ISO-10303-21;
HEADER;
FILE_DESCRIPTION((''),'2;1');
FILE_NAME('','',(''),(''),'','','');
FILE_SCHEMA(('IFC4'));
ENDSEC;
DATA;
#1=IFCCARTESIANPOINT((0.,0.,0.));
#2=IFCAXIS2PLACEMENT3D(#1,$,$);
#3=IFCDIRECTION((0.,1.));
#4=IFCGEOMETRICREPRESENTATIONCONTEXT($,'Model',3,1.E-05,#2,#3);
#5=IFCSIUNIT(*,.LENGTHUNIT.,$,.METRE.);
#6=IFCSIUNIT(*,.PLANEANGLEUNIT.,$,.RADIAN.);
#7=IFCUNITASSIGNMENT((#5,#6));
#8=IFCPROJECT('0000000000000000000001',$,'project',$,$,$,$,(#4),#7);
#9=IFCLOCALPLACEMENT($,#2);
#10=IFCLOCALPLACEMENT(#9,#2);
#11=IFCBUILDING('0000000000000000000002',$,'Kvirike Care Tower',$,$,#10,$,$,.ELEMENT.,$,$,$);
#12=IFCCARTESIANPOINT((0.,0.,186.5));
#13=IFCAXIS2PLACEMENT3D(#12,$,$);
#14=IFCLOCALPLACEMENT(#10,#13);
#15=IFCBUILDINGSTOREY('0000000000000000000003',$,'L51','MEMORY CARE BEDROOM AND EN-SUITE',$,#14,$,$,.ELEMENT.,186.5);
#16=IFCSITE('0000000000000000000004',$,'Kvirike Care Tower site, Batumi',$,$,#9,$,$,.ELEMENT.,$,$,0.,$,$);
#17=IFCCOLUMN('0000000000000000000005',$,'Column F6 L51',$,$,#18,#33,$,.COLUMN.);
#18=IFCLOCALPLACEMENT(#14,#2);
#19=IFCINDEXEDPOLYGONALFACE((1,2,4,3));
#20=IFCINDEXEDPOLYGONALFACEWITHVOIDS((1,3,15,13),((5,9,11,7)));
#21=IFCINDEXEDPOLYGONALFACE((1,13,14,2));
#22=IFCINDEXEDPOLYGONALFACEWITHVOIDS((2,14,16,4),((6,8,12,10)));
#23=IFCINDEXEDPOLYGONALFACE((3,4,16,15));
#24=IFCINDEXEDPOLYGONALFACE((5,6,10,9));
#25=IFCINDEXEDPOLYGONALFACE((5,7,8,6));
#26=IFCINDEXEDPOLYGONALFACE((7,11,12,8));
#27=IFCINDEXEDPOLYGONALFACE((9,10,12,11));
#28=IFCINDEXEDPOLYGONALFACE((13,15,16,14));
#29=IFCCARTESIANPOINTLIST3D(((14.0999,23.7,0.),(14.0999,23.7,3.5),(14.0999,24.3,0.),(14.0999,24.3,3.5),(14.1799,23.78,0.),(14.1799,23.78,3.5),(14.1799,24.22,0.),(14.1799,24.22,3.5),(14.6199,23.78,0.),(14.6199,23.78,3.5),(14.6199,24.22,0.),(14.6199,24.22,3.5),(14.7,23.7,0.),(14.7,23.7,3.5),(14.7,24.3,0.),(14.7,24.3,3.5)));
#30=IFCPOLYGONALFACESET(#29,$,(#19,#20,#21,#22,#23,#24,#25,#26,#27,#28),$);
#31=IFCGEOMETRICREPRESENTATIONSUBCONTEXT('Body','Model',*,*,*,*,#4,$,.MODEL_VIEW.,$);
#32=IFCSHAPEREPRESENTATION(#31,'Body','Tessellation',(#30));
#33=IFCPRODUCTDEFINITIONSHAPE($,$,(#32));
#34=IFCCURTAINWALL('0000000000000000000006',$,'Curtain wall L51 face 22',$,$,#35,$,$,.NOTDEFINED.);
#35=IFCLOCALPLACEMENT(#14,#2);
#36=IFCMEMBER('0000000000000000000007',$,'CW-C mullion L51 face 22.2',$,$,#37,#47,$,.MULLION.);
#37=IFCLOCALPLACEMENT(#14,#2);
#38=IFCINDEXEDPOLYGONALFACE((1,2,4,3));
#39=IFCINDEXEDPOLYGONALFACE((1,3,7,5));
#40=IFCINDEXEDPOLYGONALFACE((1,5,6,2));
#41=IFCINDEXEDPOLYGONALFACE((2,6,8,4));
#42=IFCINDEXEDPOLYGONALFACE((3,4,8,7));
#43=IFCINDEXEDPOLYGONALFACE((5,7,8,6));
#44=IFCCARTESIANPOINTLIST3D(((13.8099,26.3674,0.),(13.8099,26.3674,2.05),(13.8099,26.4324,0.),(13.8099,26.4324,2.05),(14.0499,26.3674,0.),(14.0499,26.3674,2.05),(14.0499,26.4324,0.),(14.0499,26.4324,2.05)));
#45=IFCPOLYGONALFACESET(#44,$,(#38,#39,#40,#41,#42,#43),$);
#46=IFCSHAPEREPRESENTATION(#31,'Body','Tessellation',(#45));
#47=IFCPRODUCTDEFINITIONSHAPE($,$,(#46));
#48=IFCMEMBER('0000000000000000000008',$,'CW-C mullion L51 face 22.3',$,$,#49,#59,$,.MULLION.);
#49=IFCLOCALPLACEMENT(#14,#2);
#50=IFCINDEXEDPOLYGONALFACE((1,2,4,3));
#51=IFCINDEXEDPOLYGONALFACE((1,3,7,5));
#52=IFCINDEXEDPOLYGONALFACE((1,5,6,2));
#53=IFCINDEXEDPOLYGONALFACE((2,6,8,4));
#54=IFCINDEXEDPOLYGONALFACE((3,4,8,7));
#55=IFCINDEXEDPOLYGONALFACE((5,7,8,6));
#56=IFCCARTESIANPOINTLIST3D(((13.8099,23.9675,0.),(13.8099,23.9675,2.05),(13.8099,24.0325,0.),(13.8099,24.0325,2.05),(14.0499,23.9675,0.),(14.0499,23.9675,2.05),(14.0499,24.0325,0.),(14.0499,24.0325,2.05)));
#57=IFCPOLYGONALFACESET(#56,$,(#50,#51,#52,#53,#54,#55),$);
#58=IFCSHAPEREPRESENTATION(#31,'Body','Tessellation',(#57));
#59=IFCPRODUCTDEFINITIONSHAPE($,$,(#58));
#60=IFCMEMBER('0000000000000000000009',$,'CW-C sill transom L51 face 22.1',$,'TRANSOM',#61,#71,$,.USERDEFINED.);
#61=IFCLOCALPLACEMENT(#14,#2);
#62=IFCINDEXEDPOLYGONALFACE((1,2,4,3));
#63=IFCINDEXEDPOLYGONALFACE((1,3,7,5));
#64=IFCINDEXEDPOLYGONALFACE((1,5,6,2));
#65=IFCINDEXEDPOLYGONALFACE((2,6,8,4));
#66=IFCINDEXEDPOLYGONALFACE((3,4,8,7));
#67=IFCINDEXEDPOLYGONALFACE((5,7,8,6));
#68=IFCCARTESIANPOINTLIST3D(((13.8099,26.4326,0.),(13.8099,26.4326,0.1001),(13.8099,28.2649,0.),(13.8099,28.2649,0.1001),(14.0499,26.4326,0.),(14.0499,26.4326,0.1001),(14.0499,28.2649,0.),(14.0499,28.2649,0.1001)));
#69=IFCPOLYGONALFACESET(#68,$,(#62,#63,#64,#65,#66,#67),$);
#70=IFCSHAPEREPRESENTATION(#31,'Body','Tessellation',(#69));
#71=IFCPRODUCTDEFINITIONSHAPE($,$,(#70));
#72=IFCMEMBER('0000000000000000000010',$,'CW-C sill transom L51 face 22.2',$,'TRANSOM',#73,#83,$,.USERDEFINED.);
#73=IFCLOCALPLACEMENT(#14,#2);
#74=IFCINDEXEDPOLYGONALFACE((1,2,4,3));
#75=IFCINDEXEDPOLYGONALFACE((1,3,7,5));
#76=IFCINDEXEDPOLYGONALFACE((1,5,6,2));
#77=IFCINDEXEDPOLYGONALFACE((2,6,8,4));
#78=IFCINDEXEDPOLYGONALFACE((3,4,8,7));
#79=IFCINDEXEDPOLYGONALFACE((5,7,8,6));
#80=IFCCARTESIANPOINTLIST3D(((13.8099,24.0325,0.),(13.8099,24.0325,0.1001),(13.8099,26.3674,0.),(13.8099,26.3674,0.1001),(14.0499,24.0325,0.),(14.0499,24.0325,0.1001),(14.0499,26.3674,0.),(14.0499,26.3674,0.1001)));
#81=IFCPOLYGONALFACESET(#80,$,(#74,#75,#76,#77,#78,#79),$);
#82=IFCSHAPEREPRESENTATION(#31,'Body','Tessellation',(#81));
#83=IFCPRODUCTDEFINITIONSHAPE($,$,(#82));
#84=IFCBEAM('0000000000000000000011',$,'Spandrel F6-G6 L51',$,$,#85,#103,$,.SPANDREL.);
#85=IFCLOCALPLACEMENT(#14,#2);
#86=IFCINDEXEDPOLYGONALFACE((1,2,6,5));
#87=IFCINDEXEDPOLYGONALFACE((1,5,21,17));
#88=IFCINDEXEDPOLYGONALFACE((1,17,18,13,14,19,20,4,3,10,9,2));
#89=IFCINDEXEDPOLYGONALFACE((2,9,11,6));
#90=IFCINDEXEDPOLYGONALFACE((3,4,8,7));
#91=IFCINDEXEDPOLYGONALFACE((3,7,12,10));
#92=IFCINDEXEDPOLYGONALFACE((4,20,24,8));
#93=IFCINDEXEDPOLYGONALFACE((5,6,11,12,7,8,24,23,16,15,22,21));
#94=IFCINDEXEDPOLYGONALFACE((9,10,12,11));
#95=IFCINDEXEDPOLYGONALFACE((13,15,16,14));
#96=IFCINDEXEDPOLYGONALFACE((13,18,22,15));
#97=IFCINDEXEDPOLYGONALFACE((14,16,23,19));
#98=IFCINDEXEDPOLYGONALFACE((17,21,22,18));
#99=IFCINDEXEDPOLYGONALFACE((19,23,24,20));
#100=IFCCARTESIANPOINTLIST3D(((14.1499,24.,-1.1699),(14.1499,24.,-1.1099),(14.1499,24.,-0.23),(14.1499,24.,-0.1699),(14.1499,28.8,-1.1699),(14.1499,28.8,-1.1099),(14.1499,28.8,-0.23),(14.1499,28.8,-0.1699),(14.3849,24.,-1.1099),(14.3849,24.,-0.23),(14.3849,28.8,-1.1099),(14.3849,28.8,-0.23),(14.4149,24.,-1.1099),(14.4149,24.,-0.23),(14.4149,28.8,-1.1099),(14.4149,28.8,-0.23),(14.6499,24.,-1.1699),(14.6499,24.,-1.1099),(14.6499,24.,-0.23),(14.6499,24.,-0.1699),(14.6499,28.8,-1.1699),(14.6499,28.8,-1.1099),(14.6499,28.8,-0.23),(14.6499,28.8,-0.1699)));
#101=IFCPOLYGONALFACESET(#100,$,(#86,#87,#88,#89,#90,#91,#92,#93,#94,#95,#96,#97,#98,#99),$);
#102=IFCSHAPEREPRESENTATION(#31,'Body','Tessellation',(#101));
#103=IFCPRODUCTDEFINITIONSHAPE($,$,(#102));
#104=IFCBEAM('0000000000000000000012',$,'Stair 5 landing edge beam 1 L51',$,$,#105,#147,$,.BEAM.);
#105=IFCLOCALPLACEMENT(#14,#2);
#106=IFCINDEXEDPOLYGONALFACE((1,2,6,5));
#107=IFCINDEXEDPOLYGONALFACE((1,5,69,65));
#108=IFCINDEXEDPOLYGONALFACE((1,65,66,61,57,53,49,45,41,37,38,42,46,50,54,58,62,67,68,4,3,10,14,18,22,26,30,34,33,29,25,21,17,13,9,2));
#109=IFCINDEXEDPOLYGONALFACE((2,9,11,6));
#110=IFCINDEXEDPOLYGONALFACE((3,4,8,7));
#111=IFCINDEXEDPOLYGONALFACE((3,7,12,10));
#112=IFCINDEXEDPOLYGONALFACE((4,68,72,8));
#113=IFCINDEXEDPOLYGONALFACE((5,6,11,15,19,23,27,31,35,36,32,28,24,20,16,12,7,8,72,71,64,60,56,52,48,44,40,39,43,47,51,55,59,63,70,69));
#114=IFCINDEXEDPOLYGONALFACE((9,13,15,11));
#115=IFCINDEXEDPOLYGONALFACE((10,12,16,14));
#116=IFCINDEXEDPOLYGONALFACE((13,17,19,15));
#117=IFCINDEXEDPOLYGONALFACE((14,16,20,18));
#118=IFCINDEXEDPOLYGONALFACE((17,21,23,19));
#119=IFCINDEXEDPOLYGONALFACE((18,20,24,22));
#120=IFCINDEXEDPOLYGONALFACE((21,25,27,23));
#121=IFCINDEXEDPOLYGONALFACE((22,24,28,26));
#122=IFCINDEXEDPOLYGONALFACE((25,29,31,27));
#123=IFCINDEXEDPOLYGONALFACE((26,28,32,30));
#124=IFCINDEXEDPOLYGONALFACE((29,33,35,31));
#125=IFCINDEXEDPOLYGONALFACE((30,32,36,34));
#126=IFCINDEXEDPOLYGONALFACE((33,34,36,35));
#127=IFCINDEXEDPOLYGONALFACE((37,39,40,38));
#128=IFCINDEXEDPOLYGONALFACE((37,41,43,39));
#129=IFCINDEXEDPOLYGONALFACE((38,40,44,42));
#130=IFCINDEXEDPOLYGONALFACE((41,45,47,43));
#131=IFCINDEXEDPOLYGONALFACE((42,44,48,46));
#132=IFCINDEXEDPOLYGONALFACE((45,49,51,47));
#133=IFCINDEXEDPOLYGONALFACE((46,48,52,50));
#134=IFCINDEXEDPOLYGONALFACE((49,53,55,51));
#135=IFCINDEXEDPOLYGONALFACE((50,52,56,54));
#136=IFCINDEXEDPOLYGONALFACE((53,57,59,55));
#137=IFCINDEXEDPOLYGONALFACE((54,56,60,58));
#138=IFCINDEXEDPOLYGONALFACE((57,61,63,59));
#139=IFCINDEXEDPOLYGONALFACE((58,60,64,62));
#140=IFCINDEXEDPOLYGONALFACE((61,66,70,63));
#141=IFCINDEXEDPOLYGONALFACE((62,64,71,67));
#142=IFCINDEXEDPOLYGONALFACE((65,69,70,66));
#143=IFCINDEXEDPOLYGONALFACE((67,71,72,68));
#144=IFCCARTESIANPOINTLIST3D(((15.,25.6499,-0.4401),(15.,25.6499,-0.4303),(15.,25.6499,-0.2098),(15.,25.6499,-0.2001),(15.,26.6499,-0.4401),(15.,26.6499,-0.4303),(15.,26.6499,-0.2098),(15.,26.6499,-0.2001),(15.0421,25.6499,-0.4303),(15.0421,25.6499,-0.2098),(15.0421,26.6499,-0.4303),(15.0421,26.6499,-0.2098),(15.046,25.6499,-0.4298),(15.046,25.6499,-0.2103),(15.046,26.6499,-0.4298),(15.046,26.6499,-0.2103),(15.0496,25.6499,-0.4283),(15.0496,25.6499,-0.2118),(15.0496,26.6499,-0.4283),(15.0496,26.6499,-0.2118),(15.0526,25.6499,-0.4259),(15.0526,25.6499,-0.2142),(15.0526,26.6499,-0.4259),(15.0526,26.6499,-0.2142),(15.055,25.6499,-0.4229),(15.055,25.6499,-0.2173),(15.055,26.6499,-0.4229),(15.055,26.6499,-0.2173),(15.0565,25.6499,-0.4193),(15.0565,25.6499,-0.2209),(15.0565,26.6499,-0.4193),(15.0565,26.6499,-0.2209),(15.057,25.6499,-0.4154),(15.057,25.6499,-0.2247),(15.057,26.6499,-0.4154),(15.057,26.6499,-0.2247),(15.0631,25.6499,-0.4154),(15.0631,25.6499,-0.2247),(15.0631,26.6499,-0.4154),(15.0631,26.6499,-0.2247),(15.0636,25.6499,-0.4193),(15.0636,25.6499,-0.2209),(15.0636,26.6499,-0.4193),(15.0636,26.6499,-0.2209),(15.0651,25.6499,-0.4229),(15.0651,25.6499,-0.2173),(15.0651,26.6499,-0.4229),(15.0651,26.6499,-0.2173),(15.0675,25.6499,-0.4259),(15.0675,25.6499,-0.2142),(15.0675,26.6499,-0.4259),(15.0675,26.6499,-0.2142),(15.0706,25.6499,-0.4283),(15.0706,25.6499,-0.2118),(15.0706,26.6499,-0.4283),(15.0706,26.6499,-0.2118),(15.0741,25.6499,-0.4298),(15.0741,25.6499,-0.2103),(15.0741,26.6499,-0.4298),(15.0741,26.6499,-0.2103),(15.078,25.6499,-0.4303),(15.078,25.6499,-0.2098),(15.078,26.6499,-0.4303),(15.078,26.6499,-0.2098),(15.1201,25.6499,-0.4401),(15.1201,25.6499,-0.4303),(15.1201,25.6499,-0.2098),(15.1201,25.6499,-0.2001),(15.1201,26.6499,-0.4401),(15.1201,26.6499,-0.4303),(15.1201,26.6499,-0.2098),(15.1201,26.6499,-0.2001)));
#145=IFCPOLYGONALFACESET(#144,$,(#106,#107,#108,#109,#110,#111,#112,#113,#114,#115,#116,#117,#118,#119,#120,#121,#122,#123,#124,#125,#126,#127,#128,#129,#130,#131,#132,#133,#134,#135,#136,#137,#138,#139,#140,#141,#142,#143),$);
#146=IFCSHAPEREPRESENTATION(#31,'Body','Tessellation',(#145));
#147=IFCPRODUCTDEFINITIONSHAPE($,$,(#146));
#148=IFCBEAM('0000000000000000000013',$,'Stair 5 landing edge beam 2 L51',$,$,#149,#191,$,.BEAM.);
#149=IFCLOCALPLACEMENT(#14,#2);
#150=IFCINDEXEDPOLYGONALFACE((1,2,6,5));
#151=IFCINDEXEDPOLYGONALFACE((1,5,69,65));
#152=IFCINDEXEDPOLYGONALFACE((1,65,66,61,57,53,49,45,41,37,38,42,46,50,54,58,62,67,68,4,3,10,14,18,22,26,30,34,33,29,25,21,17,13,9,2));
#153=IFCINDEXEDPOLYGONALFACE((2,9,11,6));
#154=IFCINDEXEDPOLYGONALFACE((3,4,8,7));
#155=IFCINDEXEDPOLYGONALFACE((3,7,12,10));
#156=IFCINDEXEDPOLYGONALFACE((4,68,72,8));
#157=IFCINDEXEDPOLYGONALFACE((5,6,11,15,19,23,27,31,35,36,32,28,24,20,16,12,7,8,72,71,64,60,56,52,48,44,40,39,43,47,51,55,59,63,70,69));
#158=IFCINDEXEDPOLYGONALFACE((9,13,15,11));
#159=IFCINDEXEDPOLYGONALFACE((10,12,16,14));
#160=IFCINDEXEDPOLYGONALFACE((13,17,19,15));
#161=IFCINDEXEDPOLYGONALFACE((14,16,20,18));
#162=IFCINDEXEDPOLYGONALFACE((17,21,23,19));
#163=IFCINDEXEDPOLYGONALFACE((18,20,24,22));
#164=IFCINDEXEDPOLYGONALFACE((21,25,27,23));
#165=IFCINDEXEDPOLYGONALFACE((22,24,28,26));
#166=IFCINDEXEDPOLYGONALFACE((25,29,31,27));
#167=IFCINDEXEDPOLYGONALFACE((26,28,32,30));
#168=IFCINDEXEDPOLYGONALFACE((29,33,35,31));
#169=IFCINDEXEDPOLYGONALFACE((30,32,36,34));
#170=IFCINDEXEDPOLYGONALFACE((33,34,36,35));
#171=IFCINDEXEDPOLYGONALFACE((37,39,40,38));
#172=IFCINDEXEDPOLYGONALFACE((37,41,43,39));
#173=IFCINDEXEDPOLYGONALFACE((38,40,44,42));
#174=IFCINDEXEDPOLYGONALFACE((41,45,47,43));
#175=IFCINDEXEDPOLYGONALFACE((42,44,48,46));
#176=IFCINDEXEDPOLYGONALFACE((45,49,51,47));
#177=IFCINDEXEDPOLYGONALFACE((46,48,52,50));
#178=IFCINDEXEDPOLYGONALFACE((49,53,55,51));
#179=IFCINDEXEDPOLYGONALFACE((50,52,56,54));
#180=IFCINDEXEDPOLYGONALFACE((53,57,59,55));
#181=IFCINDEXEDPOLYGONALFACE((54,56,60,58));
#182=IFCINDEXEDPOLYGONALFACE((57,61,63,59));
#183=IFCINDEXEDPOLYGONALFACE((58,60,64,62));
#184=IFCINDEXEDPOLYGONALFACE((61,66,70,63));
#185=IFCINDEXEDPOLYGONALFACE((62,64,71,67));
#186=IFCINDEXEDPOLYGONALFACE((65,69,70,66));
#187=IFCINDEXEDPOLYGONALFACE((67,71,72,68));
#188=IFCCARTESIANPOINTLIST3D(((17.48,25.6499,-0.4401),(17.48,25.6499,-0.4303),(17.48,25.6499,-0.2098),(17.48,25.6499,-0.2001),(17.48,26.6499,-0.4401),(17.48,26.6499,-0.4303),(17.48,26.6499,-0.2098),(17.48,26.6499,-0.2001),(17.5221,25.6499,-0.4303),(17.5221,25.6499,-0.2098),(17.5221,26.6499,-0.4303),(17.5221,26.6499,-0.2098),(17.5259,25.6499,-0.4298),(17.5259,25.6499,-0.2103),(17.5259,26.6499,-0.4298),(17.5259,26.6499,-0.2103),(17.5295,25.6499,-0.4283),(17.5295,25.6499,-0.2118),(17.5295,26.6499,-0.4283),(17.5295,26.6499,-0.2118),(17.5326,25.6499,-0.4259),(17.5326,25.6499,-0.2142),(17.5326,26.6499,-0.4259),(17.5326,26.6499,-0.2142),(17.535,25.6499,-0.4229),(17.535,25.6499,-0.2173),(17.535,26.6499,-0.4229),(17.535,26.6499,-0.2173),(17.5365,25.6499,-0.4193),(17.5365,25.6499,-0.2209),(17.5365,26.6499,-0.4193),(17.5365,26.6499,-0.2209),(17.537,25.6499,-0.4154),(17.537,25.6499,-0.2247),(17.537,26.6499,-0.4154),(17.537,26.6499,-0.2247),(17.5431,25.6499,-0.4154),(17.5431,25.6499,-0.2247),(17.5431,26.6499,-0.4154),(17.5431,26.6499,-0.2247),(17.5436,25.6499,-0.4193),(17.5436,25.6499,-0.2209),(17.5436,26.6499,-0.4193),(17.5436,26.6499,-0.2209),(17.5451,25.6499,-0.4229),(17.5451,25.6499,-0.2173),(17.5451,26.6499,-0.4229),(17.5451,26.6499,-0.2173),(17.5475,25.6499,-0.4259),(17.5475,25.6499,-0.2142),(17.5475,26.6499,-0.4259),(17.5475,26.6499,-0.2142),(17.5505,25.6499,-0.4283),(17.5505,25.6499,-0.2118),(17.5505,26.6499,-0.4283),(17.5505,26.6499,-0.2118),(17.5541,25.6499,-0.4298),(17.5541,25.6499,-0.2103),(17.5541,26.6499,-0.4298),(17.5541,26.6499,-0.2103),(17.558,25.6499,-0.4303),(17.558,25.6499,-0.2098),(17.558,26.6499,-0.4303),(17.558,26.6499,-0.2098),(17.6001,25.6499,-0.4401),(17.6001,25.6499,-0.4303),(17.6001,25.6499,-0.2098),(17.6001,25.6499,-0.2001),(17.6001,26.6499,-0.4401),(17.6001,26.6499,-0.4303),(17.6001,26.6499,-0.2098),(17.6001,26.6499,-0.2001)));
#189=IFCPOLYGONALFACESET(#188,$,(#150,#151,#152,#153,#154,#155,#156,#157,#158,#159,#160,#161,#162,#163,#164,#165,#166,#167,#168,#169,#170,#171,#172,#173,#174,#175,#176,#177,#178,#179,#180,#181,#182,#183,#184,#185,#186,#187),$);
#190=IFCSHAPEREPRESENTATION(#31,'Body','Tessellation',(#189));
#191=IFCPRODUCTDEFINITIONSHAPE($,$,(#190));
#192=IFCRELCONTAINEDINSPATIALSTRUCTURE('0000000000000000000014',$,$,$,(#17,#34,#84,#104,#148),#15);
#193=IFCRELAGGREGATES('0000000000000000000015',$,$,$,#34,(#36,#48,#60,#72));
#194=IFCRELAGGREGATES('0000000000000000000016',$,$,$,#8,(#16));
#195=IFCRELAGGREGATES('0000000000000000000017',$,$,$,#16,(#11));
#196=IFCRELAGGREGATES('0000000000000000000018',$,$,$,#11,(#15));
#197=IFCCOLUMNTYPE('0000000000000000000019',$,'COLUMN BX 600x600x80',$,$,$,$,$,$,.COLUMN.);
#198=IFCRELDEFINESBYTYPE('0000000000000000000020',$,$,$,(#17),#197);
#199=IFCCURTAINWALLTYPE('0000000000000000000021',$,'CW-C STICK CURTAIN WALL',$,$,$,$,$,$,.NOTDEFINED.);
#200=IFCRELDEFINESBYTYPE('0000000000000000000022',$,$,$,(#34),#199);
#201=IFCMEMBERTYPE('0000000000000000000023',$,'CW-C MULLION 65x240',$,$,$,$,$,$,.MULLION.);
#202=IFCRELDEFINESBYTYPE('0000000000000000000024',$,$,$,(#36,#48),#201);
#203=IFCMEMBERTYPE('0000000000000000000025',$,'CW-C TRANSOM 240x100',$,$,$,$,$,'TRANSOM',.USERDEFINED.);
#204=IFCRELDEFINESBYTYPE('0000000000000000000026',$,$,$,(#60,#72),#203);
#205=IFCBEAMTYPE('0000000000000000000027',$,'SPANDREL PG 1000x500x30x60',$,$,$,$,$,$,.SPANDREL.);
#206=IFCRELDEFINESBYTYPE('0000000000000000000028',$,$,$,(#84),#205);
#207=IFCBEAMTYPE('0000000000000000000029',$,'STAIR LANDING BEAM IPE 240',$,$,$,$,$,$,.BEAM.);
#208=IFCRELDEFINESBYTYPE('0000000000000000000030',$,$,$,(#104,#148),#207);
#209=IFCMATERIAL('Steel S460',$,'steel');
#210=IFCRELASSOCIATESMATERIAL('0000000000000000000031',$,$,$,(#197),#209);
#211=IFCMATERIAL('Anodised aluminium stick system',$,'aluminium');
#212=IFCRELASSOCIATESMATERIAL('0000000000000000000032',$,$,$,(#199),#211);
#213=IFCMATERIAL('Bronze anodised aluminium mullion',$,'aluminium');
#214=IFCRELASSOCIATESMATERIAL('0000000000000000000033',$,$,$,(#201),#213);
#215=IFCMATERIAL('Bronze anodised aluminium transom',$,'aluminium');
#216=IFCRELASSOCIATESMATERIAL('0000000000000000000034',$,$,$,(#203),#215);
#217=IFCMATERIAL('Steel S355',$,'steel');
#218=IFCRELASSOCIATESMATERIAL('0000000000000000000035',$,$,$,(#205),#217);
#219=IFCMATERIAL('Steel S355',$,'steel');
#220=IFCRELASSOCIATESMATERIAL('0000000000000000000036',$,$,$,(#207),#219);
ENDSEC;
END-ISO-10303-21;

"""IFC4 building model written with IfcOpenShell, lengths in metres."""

from ifc_helpers import new_model, si_unit, direction, frame, origin, origin_2d, place, context, subcontext, project, spatial, rectangle, hollow_rectangle, i_section, extrude, material, material_profile, profile_set, type_object, element, aggregate, save


model = new_model("IFC4")

# Units and contexts
model_context = context("Model", 3, precision=1e-05, world=origin(), true_north=direction((0.0, 1.0)))
body_context = subcontext(model_context, "Body", "Model", "MODEL_VIEW")
ifc_project = project(units=[si_unit("LENGTHUNIT", "METRE"), si_unit("PLANEANGLEUNIT", "RADIAN")], contexts=[model_context])

# Site, building, storey
site_placement = place(None, origin())
site = spatial("IfcSite", under=ifc_project, at=site_placement, Name="Kvirike Care Tower site, Batumi", CompositionType="ELEMENT", RefElevation=0.0)
building_placement = place(site_placement, origin())
building = spatial("IfcBuilding", under=site, at=building_placement, Name="Kvirike Care Tower", CompositionType="ELEMENT")
storey_placement = place(building_placement, frame((0.0, 0.0, 186.5)))
storey = spatial("IfcBuildingStorey", under=building, at=storey_placement, Name="L51", Description="MEMORY CARE BEDROOM AND EN-SUITE", CompositionType="ELEMENT", Elevation=186.5)

# Column
ifc_material_1 = material(Name="Steel S460", Category="steel")
ifc_material_profile_1 = material_profile(ifc_material_1, hollow_rectangle(XDim=0.6001, YDim=0.6001, WallThickness=0.0801, at=origin_2d()), Name="BX 600x600x80")
ifc_profile_set_1 = profile_set([ifc_material_profile_1], Name="Steel S460")
column_type = type_object("IfcColumnType", Name="COLUMN BX 600x600x80", PredefinedType="COLUMN", material=ifc_profile_set_1)
column_placement = place(storey_placement, frame((14.3999, 24.0, 0.0), z_axis=(0.0, 0.0, 1.0), x_axis=(1.0, 0.0, 0.0)))
element("IfcColumn", 1, at=column_placement, inside=storey, type_object=column_type, Name="Column F6 L51", PredefinedType="COLUMN", context=body_context, shape_type="SweptSolid", body=[
    extrude(hollow_rectangle(XDim=0.6001, YDim=0.6001, WallThickness=0.0801, at=origin_2d()), origin(), (0.0, 0.0, 1.0), 3.5),
])

# Curtain wall, members
ifc_material_2 = material(Name="Anodised aluminium stick system", Category="aluminium")
curtain_wall_type = type_object("IfcCurtainWallType", Name="CW-C STICK CURTAIN WALL", PredefinedType="NOTDEFINED", material=ifc_material_2)
curtain_wall_placement = place(storey_placement, origin())
curtain_wall = element("IfcCurtainWall", 2, at=curtain_wall_placement, inside=storey, type_object=curtain_wall_type, Name="Curtain wall L51 face 22", PredefinedType="NOTDEFINED")
ifc_material_3 = material(Name="Bronze anodised aluminium mullion", Category="aluminium")
ifc_material_profile_2 = material_profile(ifc_material_3, rectangle(XDim=0.0649, YDim=0.24, at=origin_2d()), Name="CW-C MULLION 65x240")
ifc_profile_set_2 = profile_set([ifc_material_profile_2], Name="Bronze anodised aluminium mullion")
member_type_1 = type_object("IfcMemberType", Name="CW-C MULLION 65x240", PredefinedType="MULLION", material=ifc_profile_set_2)
member_1_placement = place(storey_placement, frame((13.9299, 26.3999, 0.0), z_axis=(0.0, 0.0, 1.0), x_axis=(0.0, -1.0, 0.0)))
member_1 = element("IfcMember", 3, at=member_1_placement, type_object=member_type_1, Name="CW-C mullion L51 face 22.2", PredefinedType="MULLION", context=body_context, shape_type="SweptSolid", body=[
    extrude(rectangle(XDim=0.0649, YDim=0.24, at=origin_2d()), origin(), (0.0, 0.0, 1.0), 2.05),
])
member_2_placement = place(storey_placement, frame((13.9299, 24.0, 0.0), z_axis=(0.0, 0.0, 1.0), x_axis=(0.0, -1.0, 0.0)))
member_2 = element("IfcMember", 4, at=member_2_placement, type_object=member_type_1, Name="CW-C mullion L51 face 22.3", PredefinedType="MULLION", context=body_context, shape_type="SweptSolid", body=[
    extrude(rectangle(XDim=0.0649, YDim=0.24, at=origin_2d()), origin(), (0.0, 0.0, 1.0), 2.05),
])
ifc_material_4 = material(Name="Bronze anodised aluminium transom", Category="aluminium")
ifc_material_profile_3 = material_profile(ifc_material_4, rectangle(XDim=0.24, YDim=0.1001, at=origin_2d()), Name="CW-C TRANSOM 240x100")
ifc_profile_set_3 = profile_set([ifc_material_profile_3], Name="Bronze anodised aluminium transom")
member_type_2 = type_object("IfcMemberType", Name="CW-C TRANSOM 240x100", ElementType="TRANSOM", PredefinedType="USERDEFINED", material=ifc_profile_set_3)
member_3_placement = place(storey_placement, frame((13.9299, 28.2649, 0.05), z_axis=(0.0, -1.0, 0.0), x_axis=(1.0, 0.0, 0.0)))
member_3 = element("IfcMember", 5, at=member_3_placement, type_object=member_type_2, Name="CW-C sill transom L51 face 22.1", ObjectType="TRANSOM", PredefinedType="USERDEFINED", context=body_context, shape_type="SweptSolid", body=[
    extrude(rectangle(XDim=0.24, YDim=0.1001, at=origin_2d()), origin(), (0.0, 0.0, 1.0), 1.8323),
])
member_4_placement = place(storey_placement, frame((13.9299, 26.3674, 0.05), z_axis=(0.0, -1.0, 0.0), x_axis=(1.0, 0.0, 0.0)))
member_4 = element("IfcMember", 6, at=member_4_placement, type_object=member_type_2, Name="CW-C sill transom L51 face 22.2", ObjectType="TRANSOM", PredefinedType="USERDEFINED", context=body_context, shape_type="SweptSolid", body=[
    extrude(rectangle(XDim=0.24, YDim=0.1001, at=origin_2d()), origin(), (0.0, 0.0, 1.0), 2.335),
])

# Beams
ifc_material_5 = material(Name="Steel S355", Category="steel")
ifc_material_profile_4 = material_profile(ifc_material_5, i_section(OverallWidth=0.5, OverallDepth=1.0, WebThickness=0.03, FlangeThickness=0.0601, at=origin_2d()), Name="PG 1000x500x30x60")
ifc_profile_set_4 = profile_set([ifc_material_profile_4], Name="Steel S355")
beam_type_1 = type_object("IfcBeamType", Name="SPANDREL PG 1000x500x30x60", PredefinedType="SPANDREL", material=ifc_profile_set_4)
beam_placement = place(storey_placement, frame((14.3999, 24.0, -0.6699), z_axis=(0.0, 1.0, 0.0), x_axis=(-1.0, 0.0, 0.0)))
element("IfcBeam", 7, at=beam_placement, inside=storey, type_object=beam_type_1, Name="Spandrel F6-G6 L51", PredefinedType="SPANDREL", context=body_context, shape_type="SweptSolid", body=[
    extrude(i_section(OverallWidth=0.5, OverallDepth=1.0, WebThickness=0.03, FlangeThickness=0.0601, at=origin_2d()), origin(), (0.0, 0.0, 1.0), 4.8),
])
ifc_material_6 = material(Name="Steel S355", Category="steel")
ifc_material_profile_5 = material_profile(ifc_material_6, i_section(OverallWidth=0.1201, OverallDepth=0.24, WebThickness=0.0061, FlangeThickness=0.0098, FilletRadius=0.0149, at=origin_2d()), Name="IPE 240")
ifc_profile_set_5 = profile_set([ifc_material_profile_5], Name="Steel S355")
beam_type_2 = type_object("IfcBeamType", Name="STAIR LANDING BEAM IPE 240", PredefinedType="BEAM", material=ifc_profile_set_5)
for number, where, z_axis, x_axis, name in (
    (8, (15.0601, 25.6499, -0.3201), (0.0, 1.0, 0.0), (-1.0, 0.0, 0.0), "Stair 5 landing edge beam 1 L51"),
    (9, (17.54, 25.6499, -0.3201), (0.0, 1.0, 0.0), (-1.0, 0.0, 0.0), "Stair 5 landing edge beam 2 L51"),
):
    element("IfcBeam", number, at=place(storey_placement, frame(where, z_axis=z_axis, x_axis=x_axis)), inside=storey, type_object=beam_type_2, Name=name, PredefinedType="BEAM", context=body_context, shape_type="SweptSolid", body=[
        extrude(i_section(OverallWidth=0.1201, OverallDepth=0.24, WebThickness=0.0061, FlangeThickness=0.0098, FilletRadius=0.0149, at=origin_2d()), origin(), (0.0, 0.0, 1.0), 1.0),
    ])

aggregate(curtain_wall, [member_1, member_2, member_3, member_4])

save(model, "model.ifc")
